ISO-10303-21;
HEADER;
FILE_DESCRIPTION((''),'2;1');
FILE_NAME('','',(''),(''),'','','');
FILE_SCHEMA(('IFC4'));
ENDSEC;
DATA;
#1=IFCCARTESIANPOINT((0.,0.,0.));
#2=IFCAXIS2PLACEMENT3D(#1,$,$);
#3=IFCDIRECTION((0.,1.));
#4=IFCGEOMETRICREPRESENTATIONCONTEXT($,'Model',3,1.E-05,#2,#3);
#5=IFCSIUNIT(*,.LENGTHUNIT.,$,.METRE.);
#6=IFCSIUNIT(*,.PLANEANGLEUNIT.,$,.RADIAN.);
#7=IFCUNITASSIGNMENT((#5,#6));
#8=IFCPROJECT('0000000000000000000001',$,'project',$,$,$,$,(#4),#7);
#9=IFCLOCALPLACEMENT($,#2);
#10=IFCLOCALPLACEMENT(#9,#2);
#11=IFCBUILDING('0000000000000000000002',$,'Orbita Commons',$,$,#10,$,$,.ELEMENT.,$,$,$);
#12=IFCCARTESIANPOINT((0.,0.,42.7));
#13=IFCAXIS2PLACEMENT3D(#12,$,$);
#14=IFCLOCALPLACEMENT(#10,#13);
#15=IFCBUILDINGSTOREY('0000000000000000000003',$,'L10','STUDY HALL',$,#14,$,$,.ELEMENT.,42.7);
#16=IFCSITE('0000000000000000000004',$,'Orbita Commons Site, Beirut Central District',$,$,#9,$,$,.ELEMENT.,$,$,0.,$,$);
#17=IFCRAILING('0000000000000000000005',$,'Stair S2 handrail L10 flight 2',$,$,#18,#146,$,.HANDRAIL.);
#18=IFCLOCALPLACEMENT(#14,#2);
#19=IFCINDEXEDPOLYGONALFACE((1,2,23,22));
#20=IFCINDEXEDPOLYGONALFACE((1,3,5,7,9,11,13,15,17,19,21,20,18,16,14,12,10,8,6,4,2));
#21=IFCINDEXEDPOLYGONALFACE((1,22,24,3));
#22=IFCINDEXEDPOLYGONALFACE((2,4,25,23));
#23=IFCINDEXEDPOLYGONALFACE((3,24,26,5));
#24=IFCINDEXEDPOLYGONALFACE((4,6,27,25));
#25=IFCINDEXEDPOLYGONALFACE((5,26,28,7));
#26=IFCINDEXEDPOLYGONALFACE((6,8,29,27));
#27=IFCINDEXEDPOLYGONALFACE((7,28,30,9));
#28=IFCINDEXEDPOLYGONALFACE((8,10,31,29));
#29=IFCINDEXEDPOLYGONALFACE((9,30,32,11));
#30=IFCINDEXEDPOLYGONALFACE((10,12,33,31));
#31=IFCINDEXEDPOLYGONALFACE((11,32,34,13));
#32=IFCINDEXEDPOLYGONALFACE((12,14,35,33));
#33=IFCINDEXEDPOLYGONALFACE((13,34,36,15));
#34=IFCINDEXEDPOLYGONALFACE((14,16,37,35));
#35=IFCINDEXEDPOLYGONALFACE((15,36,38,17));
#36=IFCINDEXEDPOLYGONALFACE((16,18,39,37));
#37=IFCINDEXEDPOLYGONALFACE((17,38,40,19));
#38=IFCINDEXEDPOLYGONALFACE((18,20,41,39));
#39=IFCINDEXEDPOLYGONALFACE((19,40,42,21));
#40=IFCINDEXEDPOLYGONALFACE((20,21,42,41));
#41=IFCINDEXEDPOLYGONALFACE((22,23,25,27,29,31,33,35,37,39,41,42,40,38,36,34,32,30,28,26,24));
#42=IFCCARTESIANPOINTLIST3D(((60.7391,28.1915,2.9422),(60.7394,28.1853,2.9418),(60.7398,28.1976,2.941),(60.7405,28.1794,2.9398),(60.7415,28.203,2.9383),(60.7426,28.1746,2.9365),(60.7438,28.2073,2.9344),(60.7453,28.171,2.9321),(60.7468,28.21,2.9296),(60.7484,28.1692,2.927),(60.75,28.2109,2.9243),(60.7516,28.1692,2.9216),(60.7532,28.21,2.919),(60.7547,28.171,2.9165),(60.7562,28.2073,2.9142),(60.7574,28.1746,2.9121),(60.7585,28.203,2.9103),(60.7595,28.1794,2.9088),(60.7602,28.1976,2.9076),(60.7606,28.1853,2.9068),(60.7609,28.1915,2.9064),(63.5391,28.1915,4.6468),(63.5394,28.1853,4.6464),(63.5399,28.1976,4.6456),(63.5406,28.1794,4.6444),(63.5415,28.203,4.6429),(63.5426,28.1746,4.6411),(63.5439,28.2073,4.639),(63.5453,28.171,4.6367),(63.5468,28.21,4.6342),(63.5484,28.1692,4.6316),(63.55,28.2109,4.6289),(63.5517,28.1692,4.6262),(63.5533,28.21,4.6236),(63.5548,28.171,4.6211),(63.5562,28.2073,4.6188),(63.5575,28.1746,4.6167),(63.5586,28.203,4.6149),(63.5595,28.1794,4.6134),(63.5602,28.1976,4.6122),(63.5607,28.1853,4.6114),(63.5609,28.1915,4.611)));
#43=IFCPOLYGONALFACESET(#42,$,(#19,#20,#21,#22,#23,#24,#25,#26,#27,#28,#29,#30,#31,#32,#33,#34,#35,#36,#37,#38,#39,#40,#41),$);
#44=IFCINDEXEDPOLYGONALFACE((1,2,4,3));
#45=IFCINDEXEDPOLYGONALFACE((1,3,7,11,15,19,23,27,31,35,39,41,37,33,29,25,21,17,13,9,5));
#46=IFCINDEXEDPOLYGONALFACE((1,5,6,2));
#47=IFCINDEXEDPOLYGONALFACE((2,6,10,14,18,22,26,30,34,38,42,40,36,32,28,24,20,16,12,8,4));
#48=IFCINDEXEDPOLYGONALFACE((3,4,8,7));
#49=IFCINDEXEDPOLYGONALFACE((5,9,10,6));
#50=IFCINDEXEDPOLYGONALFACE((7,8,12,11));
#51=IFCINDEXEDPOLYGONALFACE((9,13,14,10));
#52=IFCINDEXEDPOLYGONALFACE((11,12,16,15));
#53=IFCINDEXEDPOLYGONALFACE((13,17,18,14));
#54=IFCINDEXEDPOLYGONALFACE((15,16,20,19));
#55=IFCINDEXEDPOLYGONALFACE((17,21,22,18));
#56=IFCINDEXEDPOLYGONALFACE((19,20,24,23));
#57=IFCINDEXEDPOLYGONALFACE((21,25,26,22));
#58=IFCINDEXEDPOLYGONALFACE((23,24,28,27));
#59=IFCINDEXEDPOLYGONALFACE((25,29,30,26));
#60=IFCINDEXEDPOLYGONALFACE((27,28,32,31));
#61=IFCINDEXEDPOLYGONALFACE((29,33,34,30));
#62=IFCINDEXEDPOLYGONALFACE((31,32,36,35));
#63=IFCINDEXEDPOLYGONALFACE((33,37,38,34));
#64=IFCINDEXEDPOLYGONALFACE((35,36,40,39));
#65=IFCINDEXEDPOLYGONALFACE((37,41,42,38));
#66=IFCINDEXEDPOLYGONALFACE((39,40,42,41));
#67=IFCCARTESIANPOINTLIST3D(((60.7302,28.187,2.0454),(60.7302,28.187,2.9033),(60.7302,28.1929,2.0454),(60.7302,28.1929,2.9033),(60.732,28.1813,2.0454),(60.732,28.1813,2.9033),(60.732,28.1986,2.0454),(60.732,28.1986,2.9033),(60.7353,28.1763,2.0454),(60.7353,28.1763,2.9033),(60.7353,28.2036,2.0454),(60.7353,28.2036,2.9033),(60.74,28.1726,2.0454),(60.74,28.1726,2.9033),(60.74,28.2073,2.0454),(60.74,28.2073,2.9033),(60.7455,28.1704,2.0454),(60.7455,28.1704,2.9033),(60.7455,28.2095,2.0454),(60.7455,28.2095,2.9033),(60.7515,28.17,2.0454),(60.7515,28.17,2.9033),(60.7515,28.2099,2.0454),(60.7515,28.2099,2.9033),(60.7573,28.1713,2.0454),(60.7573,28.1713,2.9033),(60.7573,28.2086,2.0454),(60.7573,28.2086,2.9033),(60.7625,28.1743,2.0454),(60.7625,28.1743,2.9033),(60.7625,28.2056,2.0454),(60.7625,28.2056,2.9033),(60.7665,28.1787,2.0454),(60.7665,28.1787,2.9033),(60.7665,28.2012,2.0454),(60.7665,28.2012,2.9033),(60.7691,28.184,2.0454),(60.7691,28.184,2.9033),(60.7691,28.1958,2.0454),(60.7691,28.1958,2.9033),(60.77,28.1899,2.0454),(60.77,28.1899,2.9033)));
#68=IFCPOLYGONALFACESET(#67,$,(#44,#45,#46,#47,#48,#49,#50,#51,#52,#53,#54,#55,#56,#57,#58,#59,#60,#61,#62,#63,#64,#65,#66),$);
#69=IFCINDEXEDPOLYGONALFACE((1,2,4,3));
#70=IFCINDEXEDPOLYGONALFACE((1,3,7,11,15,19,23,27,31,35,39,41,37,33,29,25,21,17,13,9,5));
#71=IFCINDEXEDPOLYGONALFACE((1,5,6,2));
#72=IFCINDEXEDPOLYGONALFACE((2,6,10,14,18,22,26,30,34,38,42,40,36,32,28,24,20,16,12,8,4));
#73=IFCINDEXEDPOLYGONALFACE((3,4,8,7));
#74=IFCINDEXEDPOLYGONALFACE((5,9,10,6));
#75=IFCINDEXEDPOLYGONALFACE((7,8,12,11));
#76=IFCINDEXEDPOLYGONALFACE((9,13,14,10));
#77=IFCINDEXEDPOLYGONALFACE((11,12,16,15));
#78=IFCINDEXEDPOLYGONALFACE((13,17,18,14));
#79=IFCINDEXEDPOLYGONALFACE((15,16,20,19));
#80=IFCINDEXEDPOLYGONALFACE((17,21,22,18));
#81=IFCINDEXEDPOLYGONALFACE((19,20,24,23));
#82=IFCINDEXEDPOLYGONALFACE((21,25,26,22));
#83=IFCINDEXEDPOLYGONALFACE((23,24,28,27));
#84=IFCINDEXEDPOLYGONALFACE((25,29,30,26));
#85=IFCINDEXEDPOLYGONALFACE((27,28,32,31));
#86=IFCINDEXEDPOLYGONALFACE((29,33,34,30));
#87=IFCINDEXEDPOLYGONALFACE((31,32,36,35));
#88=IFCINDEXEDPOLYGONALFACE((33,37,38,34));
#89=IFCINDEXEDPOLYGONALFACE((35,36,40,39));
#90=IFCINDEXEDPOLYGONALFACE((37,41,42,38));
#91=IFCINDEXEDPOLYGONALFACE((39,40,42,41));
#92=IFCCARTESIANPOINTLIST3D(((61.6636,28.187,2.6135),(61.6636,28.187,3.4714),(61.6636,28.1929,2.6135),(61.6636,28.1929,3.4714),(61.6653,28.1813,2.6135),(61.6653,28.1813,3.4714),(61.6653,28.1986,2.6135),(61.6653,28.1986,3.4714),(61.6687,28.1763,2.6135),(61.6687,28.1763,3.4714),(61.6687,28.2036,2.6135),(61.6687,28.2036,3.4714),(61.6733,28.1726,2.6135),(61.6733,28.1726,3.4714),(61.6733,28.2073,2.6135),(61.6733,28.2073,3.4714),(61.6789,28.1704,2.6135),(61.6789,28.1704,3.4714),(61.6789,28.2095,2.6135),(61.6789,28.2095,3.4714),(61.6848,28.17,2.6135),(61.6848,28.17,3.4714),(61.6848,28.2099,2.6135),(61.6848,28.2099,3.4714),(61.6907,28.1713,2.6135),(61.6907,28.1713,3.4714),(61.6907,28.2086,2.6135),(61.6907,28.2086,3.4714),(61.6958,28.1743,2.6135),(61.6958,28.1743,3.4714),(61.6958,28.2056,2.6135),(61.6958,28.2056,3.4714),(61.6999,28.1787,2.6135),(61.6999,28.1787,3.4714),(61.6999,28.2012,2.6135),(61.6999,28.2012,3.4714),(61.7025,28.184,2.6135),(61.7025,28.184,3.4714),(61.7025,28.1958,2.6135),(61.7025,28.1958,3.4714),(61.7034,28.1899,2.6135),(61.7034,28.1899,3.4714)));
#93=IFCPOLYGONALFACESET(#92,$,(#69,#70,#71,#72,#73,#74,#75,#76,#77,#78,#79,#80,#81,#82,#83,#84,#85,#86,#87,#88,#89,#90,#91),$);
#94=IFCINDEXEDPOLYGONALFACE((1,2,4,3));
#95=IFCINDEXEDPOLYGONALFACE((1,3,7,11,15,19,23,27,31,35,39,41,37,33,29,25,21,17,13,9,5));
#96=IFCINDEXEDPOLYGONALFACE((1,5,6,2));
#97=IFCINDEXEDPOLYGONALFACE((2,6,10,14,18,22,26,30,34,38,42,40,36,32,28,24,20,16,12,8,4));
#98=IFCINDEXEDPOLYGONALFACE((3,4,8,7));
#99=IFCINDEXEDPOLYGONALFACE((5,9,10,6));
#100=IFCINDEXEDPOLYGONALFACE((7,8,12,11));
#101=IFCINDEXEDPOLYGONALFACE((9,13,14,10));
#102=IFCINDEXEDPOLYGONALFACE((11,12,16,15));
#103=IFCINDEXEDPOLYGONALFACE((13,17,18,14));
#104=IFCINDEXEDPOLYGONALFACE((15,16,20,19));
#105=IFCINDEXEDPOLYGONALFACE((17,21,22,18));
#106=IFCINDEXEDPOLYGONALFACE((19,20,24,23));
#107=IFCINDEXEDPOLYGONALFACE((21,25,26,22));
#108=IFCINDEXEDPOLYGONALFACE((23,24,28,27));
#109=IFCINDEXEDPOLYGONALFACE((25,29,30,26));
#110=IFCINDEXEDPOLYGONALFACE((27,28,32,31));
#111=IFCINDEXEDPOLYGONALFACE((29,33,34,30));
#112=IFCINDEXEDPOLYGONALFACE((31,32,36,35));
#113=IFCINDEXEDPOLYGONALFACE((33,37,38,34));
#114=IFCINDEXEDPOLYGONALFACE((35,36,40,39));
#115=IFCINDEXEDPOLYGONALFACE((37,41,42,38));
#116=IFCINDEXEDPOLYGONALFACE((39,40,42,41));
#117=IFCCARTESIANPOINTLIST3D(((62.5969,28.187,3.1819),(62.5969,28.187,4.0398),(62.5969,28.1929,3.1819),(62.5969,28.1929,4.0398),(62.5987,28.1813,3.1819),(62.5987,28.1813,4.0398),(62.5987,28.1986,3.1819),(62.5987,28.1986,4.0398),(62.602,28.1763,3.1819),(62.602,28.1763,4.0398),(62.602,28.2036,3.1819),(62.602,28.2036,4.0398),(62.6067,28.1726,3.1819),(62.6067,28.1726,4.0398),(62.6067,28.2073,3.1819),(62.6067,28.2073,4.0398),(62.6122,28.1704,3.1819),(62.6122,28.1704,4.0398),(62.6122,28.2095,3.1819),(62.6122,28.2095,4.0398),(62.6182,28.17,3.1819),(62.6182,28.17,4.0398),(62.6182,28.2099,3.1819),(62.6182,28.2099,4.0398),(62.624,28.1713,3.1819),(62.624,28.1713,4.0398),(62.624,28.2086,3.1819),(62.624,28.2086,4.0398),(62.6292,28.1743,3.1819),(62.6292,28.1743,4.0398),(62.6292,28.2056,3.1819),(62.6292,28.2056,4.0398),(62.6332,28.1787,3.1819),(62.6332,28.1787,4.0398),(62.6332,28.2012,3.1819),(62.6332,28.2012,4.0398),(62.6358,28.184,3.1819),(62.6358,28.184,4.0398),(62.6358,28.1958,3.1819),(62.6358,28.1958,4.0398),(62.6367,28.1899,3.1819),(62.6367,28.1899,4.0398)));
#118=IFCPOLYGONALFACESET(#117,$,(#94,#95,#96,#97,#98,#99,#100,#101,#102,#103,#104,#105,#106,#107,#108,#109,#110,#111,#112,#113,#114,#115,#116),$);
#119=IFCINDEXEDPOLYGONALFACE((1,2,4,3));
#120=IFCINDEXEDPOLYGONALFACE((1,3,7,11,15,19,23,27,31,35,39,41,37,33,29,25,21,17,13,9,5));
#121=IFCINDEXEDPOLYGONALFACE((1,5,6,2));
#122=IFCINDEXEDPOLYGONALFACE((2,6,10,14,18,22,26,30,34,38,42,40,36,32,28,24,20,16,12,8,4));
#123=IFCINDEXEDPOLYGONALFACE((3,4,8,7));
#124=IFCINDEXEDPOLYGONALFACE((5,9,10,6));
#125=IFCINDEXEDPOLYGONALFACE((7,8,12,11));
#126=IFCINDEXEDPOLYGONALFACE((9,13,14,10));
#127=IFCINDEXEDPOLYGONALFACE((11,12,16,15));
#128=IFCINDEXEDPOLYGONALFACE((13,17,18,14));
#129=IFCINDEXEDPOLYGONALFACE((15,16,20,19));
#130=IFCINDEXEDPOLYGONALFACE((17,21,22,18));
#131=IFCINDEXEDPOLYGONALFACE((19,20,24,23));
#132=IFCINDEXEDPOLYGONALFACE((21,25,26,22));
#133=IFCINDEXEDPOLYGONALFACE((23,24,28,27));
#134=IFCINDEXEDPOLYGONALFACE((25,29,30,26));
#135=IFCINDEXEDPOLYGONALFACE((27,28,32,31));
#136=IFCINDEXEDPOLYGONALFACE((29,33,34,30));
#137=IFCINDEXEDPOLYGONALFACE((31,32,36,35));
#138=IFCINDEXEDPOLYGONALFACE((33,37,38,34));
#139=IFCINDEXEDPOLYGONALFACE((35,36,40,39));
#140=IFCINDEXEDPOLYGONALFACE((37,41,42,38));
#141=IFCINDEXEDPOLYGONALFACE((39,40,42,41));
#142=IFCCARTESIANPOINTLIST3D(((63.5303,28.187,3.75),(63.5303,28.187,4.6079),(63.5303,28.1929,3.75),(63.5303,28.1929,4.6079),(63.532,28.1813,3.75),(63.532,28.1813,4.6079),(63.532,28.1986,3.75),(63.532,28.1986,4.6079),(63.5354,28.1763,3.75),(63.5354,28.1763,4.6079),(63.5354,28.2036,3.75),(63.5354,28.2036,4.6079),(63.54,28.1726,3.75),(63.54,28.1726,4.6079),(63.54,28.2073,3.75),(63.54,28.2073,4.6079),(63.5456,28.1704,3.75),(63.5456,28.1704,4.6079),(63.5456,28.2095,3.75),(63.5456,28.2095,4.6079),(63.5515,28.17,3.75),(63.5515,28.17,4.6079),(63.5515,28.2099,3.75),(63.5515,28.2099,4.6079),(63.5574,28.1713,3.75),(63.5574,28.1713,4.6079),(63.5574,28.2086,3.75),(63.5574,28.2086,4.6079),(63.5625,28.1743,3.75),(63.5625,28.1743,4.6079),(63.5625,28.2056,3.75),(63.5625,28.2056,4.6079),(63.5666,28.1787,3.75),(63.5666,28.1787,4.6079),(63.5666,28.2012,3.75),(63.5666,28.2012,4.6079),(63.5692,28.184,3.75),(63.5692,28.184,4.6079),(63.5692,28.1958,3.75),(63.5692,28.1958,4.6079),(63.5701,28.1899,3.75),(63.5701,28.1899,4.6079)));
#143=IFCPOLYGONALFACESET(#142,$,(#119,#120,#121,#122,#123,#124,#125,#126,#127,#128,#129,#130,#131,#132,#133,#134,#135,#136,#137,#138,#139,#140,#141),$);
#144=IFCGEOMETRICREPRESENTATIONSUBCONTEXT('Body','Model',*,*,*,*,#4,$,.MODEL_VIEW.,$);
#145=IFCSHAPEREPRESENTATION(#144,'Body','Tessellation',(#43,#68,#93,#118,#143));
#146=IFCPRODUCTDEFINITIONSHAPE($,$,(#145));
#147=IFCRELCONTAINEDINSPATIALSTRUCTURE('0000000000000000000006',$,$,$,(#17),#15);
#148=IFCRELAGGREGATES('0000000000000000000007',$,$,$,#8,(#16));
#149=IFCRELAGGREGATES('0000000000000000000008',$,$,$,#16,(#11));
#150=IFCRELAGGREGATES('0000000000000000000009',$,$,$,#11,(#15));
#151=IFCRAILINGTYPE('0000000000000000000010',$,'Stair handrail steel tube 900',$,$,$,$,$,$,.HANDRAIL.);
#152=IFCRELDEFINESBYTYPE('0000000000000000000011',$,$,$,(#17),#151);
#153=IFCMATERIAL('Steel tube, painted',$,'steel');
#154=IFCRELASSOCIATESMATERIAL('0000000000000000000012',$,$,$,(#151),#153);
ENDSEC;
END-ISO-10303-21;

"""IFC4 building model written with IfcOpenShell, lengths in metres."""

from ifc_helpers import new_model, si_unit, direction, frame, origin, origin_2d, place, context, subcontext, project, spatial, circle, extrude, material, type_object, element, save


model = new_model("IFC4")

# Units and contexts
model_context = context("Model", 3, precision=1e-05, world=origin(), true_north=direction((0.0, 1.0)))
body_context = subcontext(model_context, "Body", "Model", "MODEL_VIEW")
ifc_project = project(units=[si_unit("LENGTHUNIT", "METRE"), si_unit("PLANEANGLEUNIT", "RADIAN")], contexts=[model_context])

# Site, building, storey
site_placement = place(None, origin())
site = spatial("IfcSite", under=ifc_project, at=site_placement, Name="Orbita Commons Site, Beirut Central District", CompositionType="ELEMENT", RefElevation=0.0)
building_placement = place(site_placement, origin())
building = spatial("IfcBuilding", under=site, at=building_placement, Name="Orbita Commons", CompositionType="ELEMENT")
storey_placement = place(building_placement, frame((0.0, 0.0, 42.7)))
storey = spatial("IfcBuildingStorey", under=building, at=storey_placement, Name="L10", Description="STUDY HALL", CompositionType="ELEMENT", Elevation=42.7)

# Railing
ifc_material_1 = material(Name="Steel tube, painted", Category="steel")
railing_type = type_object("IfcRailingType", Name="Stair handrail steel tube 900", PredefinedType="HANDRAIL", material=ifc_material_1)
for number, where, name in (
    (1, (60.75, 28.1899, 2.0454), "Stair S2 handrail L10 flight 2"),
):
    element("IfcRailing", number, at=place(storey_placement, frame(where)), inside=storey, type_object=railing_type, Name=name, PredefinedType="HANDRAIL", context=body_context, shape_type="SweptSolid", body=[
        extrude(circle(Radius=0.021, at=origin_2d()), frame((0.0, 0.0, 0.8789), z_axis=(0.85417, 0.0, 0.519994), x_axis=(0.0, 1.0, 0.0)), (0.0, 0.0, 1.0), 3.2781),
        extrude(circle(Radius=0.02, at=origin_2d()), origin(), (0.0, 0.0, 1.0), 0.8579),
        extrude(circle(Radius=0.02, at=origin_2d()), frame((0.9333, 0.0, 0.5681)), (0.0, 0.0, 1.0), 0.8579),
        extrude(circle(Radius=0.02, at=origin_2d()), frame((1.8667, 0.0, 1.1365)), (0.0, 0.0, 1.0), 0.8579),
        extrude(circle(Radius=0.02, at=origin_2d()), frame((2.8, 0.0, 1.7046)), (0.0, 0.0, 1.0), 0.8579),
    ])

save(model, "model.ifc")
